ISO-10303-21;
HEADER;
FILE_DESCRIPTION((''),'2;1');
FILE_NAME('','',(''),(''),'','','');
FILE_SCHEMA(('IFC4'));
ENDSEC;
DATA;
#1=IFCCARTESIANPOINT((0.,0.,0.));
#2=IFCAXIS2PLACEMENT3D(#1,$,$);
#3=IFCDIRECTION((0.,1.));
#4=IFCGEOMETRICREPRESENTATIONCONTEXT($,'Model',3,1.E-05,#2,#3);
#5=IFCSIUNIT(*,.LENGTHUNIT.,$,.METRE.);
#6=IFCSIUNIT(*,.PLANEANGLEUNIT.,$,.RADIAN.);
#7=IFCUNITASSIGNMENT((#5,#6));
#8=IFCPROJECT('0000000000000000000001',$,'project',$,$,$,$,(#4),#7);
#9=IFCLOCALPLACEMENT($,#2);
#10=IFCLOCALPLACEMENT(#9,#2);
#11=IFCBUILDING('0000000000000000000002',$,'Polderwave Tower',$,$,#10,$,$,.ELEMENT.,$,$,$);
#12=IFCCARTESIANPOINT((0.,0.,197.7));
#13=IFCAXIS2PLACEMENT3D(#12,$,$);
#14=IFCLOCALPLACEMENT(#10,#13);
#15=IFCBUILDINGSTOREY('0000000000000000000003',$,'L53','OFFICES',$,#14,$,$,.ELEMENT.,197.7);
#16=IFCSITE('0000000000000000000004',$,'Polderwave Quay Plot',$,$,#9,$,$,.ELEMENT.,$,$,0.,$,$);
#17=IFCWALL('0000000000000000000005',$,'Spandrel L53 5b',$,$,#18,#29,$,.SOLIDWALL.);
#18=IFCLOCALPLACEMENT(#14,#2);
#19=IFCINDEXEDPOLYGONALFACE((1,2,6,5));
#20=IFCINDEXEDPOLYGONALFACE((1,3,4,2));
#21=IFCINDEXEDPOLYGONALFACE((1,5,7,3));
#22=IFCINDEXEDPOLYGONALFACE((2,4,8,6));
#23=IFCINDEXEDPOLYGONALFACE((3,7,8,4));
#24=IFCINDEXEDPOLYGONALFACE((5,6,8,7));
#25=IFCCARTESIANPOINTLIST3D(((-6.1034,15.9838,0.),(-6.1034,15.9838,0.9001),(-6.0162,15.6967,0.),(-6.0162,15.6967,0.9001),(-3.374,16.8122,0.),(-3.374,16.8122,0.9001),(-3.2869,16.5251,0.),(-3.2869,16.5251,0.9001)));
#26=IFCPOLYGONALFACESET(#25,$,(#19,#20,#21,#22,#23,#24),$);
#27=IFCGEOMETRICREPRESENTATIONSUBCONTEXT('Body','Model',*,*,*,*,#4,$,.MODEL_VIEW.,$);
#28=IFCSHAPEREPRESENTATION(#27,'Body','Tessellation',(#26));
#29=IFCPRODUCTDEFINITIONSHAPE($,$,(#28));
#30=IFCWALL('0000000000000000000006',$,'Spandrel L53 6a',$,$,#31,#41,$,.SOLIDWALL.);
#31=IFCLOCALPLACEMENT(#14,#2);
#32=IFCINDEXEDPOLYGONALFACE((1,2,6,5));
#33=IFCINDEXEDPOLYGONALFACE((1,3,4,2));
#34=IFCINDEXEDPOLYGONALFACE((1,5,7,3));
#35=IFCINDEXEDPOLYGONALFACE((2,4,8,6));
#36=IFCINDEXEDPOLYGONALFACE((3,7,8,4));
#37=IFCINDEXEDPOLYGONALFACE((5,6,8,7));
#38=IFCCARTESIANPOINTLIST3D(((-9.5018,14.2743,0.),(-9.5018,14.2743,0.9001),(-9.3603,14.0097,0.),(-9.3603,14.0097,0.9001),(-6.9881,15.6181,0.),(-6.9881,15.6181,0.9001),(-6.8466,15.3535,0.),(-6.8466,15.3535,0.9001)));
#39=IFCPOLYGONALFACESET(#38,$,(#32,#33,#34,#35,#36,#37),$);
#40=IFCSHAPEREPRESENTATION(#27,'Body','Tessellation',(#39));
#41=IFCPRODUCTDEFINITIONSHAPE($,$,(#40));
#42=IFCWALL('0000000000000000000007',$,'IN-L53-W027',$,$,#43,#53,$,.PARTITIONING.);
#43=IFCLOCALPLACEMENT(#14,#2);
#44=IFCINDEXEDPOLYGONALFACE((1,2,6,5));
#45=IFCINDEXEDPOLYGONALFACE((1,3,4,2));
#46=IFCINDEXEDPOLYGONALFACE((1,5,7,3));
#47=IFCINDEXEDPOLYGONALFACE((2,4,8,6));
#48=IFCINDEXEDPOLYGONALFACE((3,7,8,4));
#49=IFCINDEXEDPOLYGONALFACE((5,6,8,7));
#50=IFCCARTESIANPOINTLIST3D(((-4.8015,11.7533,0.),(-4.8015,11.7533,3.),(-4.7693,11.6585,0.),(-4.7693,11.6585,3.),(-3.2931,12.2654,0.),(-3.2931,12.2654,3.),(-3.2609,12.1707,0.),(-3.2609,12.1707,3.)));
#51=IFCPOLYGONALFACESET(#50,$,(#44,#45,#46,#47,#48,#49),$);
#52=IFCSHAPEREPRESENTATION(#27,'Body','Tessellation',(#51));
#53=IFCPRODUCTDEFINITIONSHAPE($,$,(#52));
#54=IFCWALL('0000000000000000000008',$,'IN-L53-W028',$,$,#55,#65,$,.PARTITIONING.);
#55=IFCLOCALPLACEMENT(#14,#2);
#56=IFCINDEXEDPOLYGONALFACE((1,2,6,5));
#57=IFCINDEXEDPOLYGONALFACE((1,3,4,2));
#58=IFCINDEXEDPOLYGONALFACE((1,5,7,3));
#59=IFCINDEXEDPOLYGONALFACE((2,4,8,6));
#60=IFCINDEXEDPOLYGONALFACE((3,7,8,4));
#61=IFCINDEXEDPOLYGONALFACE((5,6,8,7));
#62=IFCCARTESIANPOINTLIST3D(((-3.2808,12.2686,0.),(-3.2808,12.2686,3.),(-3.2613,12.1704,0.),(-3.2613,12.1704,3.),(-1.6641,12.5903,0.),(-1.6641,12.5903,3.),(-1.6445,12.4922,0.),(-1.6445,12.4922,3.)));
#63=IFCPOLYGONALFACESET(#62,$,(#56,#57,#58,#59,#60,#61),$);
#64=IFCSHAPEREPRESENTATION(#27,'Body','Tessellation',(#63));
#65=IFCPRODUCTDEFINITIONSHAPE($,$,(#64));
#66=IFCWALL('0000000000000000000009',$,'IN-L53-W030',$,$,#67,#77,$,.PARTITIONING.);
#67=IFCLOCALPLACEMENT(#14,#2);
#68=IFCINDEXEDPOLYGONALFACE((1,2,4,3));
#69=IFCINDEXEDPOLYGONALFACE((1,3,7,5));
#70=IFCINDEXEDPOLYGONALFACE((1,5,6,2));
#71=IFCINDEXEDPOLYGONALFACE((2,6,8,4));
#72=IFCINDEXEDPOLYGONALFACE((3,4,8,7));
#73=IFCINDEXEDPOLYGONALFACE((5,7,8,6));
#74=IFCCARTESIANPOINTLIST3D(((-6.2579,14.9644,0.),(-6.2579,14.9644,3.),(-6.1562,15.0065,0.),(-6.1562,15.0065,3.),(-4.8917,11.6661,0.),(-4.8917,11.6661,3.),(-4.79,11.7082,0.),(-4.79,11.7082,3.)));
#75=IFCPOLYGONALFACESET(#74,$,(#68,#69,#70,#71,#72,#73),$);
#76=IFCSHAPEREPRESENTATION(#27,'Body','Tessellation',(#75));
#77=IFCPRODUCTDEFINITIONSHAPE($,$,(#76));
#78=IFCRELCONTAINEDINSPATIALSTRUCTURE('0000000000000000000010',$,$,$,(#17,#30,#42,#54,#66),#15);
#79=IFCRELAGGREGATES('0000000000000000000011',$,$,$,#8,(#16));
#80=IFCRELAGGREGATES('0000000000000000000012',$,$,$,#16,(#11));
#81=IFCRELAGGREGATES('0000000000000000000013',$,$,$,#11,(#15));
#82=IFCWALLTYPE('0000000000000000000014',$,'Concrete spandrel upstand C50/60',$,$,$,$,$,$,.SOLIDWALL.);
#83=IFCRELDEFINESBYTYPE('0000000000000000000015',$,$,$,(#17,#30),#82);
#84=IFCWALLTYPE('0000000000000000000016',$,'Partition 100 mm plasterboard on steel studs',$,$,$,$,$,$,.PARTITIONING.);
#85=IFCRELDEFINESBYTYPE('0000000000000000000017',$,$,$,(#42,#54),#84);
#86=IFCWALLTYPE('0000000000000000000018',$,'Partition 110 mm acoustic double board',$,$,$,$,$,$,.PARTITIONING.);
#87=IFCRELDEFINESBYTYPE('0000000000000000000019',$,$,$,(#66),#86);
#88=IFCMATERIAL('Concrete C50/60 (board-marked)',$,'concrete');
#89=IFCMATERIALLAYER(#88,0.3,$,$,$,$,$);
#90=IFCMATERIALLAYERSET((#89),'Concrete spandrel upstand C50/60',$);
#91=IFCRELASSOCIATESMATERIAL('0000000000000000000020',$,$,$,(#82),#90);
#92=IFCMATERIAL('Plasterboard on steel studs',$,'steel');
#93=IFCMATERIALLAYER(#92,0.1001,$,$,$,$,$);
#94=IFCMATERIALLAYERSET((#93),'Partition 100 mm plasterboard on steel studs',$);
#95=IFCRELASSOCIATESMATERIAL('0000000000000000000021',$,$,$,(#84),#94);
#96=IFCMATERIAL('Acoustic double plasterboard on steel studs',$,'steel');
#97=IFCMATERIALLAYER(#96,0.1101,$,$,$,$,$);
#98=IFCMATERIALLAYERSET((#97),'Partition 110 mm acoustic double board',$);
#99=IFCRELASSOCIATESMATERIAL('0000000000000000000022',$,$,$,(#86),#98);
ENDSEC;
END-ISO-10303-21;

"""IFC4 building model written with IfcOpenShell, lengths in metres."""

from ifc_helpers import new_model, si_unit, direction, frame, frame_2d, origin, place, context, subcontext, project, spatial, rectangle, extrude, material, layer, layer_set, type_object, element, save


model = new_model("IFC4")

# Units and contexts
model_context = context("Model", 3, precision=1e-05, world=origin(), true_north=direction((0.0, 1.0)))
body_context = subcontext(model_context, "Body", "Model", "MODEL_VIEW")
ifc_project = project(units=[si_unit("LENGTHUNIT", "METRE"), si_unit("PLANEANGLEUNIT", "RADIAN")], contexts=[model_context])

# Site, building, storey
site_placement = place(None, origin())
site = spatial("IfcSite", under=ifc_project, at=site_placement, Name="Polderwave Quay Plot", CompositionType="ELEMENT", RefElevation=0.0)
building_placement = place(site_placement, origin())
building = spatial("IfcBuilding", under=site, at=building_placement, Name="Polderwave Tower", CompositionType="ELEMENT")
storey_placement = place(building_placement, frame((0.0, 0.0, 197.7)))
storey = spatial("IfcBuildingStorey", under=building, at=storey_placement, Name="L53", Description="OFFICES", CompositionType="ELEMENT", Elevation=197.7)

# Walls
ifc_material_1 = material(Name="Concrete C50/60 (board-marked)", Category="concrete")
ifc_layer_1 = layer(ifc_material_1, 0.3)
ifc_layer_set_1 = layer_set([ifc_layer_1], Name="Concrete spandrel upstand C50/60")
wall_type_1 = type_object("IfcWallType", Name="Concrete spandrel upstand C50/60", PredefinedType="SOLIDWALL", material=ifc_layer_set_1)
wall_1_placement = place(storey_placement, frame((-3.3303, 16.6687, 0.0), z_axis=(0.0, 0.0, 1.0), x_axis=(-0.956895, -0.290433, 0.0)))
element("IfcWall", 1, at=wall_1_placement, inside=storey, type_object=wall_type_1, Name="Spandrel L53 5b", PredefinedType="SOLIDWALL", context=body_context, shape_type="SweptSolid", body=[
    extrude(rectangle(XDim=2.8523, YDim=0.3, at=frame_2d((1.4263, 0.0))), origin(), (0.0, 0.0, 1.0), 0.9001),
])
wall_2_placement = place(storey_placement, frame((-6.9172, 15.4858, 0.0), z_axis=(0.0, 0.0, 1.0), x_axis=(-0.881897, -0.471442, 0.0)))
element("IfcWall", 2, at=wall_2_placement, inside=storey, type_object=wall_type_1, Name="Spandrel L53 6a", PredefinedType="SOLIDWALL", context=body_context, shape_type="SweptSolid", body=[
    extrude(rectangle(XDim=2.8503, YDim=0.3, at=frame_2d((1.4253, 0.0))), origin(), (0.0, 0.0, 1.0), 0.9001),
])
ifc_material_2 = material(Name="Plasterboard on steel studs", Category="steel")
ifc_layer_2 = layer(ifc_material_2, 0.1001)
ifc_layer_set_2 = layer_set([ifc_layer_2], Name="Partition 100 mm plasterboard on steel studs")
wall_type_2 = type_object("IfcWallType", Name="Partition 100 mm plasterboard on steel studs", PredefinedType="PARTITIONING", material=ifc_layer_set_2)
wall_3_placement = place(storey_placement, frame((-3.2771, 12.218, 0.0), z_axis=(0.0, 0.0, 1.0), x_axis=(-0.946906, -0.32151, 0.0)))
element("IfcWall", 3, at=wall_3_placement, inside=storey, type_object=wall_type_2, Name="IN-L53-W027", PredefinedType="PARTITIONING", context=body_context, shape_type="SweptSolid", body=[
    extrude(rectangle(XDim=1.593, YDim=0.1001, at=frame_2d((0.7964, 0.0))), origin(), (0.0, 0.0, 1.0), 3.0),
])
wall_4_placement = place(storey_placement, frame((-1.6543, 12.5413, 0.0), z_axis=(0.0, 0.0, 1.0), x_axis=(-0.980763, -0.195205, 0.0)))
element("IfcWall", 4, at=wall_4_placement, inside=storey, type_object=wall_type_2, Name="IN-L53-W028", PredefinedType="PARTITIONING", context=body_context, shape_type="SweptSolid", body=[
    extrude(rectangle(XDim=1.6484, YDim=0.1001, at=frame_2d((0.8242, 0.0))), origin(), (0.0, 0.0, 1.0), 3.0),
])
ifc_material_3 = material(Name="Acoustic double plasterboard on steel studs", Category="steel")
ifc_layer_3 = layer(ifc_material_3, 0.1101)
ifc_layer_set_3 = layer_set([ifc_layer_3], Name="Partition 110 mm acoustic double board")
wall_type_3 = type_object("IfcWallType", Name="Partition 110 mm acoustic double board", PredefinedType="PARTITIONING", material=ifc_layer_set_3)
wall_5_placement = place(storey_placement, frame((-4.8408, 11.687, 0.0), z_axis=(0.0, 0.0, 1.0), x_axis=(-0.382682, 0.92388, 0.0)))
element("IfcWall", 5, at=wall_5_placement, inside=storey, type_object=wall_type_3, Name="IN-L53-W030", PredefinedType="PARTITIONING", context=body_context, shape_type="SweptSolid", body=[
    extrude(rectangle(XDim=3.5701, YDim=0.1101, at=frame_2d((1.7852, 0.0))), origin(), (0.0, 0.0, 1.0), 3.0),
])

save(model, "model.ifc")
